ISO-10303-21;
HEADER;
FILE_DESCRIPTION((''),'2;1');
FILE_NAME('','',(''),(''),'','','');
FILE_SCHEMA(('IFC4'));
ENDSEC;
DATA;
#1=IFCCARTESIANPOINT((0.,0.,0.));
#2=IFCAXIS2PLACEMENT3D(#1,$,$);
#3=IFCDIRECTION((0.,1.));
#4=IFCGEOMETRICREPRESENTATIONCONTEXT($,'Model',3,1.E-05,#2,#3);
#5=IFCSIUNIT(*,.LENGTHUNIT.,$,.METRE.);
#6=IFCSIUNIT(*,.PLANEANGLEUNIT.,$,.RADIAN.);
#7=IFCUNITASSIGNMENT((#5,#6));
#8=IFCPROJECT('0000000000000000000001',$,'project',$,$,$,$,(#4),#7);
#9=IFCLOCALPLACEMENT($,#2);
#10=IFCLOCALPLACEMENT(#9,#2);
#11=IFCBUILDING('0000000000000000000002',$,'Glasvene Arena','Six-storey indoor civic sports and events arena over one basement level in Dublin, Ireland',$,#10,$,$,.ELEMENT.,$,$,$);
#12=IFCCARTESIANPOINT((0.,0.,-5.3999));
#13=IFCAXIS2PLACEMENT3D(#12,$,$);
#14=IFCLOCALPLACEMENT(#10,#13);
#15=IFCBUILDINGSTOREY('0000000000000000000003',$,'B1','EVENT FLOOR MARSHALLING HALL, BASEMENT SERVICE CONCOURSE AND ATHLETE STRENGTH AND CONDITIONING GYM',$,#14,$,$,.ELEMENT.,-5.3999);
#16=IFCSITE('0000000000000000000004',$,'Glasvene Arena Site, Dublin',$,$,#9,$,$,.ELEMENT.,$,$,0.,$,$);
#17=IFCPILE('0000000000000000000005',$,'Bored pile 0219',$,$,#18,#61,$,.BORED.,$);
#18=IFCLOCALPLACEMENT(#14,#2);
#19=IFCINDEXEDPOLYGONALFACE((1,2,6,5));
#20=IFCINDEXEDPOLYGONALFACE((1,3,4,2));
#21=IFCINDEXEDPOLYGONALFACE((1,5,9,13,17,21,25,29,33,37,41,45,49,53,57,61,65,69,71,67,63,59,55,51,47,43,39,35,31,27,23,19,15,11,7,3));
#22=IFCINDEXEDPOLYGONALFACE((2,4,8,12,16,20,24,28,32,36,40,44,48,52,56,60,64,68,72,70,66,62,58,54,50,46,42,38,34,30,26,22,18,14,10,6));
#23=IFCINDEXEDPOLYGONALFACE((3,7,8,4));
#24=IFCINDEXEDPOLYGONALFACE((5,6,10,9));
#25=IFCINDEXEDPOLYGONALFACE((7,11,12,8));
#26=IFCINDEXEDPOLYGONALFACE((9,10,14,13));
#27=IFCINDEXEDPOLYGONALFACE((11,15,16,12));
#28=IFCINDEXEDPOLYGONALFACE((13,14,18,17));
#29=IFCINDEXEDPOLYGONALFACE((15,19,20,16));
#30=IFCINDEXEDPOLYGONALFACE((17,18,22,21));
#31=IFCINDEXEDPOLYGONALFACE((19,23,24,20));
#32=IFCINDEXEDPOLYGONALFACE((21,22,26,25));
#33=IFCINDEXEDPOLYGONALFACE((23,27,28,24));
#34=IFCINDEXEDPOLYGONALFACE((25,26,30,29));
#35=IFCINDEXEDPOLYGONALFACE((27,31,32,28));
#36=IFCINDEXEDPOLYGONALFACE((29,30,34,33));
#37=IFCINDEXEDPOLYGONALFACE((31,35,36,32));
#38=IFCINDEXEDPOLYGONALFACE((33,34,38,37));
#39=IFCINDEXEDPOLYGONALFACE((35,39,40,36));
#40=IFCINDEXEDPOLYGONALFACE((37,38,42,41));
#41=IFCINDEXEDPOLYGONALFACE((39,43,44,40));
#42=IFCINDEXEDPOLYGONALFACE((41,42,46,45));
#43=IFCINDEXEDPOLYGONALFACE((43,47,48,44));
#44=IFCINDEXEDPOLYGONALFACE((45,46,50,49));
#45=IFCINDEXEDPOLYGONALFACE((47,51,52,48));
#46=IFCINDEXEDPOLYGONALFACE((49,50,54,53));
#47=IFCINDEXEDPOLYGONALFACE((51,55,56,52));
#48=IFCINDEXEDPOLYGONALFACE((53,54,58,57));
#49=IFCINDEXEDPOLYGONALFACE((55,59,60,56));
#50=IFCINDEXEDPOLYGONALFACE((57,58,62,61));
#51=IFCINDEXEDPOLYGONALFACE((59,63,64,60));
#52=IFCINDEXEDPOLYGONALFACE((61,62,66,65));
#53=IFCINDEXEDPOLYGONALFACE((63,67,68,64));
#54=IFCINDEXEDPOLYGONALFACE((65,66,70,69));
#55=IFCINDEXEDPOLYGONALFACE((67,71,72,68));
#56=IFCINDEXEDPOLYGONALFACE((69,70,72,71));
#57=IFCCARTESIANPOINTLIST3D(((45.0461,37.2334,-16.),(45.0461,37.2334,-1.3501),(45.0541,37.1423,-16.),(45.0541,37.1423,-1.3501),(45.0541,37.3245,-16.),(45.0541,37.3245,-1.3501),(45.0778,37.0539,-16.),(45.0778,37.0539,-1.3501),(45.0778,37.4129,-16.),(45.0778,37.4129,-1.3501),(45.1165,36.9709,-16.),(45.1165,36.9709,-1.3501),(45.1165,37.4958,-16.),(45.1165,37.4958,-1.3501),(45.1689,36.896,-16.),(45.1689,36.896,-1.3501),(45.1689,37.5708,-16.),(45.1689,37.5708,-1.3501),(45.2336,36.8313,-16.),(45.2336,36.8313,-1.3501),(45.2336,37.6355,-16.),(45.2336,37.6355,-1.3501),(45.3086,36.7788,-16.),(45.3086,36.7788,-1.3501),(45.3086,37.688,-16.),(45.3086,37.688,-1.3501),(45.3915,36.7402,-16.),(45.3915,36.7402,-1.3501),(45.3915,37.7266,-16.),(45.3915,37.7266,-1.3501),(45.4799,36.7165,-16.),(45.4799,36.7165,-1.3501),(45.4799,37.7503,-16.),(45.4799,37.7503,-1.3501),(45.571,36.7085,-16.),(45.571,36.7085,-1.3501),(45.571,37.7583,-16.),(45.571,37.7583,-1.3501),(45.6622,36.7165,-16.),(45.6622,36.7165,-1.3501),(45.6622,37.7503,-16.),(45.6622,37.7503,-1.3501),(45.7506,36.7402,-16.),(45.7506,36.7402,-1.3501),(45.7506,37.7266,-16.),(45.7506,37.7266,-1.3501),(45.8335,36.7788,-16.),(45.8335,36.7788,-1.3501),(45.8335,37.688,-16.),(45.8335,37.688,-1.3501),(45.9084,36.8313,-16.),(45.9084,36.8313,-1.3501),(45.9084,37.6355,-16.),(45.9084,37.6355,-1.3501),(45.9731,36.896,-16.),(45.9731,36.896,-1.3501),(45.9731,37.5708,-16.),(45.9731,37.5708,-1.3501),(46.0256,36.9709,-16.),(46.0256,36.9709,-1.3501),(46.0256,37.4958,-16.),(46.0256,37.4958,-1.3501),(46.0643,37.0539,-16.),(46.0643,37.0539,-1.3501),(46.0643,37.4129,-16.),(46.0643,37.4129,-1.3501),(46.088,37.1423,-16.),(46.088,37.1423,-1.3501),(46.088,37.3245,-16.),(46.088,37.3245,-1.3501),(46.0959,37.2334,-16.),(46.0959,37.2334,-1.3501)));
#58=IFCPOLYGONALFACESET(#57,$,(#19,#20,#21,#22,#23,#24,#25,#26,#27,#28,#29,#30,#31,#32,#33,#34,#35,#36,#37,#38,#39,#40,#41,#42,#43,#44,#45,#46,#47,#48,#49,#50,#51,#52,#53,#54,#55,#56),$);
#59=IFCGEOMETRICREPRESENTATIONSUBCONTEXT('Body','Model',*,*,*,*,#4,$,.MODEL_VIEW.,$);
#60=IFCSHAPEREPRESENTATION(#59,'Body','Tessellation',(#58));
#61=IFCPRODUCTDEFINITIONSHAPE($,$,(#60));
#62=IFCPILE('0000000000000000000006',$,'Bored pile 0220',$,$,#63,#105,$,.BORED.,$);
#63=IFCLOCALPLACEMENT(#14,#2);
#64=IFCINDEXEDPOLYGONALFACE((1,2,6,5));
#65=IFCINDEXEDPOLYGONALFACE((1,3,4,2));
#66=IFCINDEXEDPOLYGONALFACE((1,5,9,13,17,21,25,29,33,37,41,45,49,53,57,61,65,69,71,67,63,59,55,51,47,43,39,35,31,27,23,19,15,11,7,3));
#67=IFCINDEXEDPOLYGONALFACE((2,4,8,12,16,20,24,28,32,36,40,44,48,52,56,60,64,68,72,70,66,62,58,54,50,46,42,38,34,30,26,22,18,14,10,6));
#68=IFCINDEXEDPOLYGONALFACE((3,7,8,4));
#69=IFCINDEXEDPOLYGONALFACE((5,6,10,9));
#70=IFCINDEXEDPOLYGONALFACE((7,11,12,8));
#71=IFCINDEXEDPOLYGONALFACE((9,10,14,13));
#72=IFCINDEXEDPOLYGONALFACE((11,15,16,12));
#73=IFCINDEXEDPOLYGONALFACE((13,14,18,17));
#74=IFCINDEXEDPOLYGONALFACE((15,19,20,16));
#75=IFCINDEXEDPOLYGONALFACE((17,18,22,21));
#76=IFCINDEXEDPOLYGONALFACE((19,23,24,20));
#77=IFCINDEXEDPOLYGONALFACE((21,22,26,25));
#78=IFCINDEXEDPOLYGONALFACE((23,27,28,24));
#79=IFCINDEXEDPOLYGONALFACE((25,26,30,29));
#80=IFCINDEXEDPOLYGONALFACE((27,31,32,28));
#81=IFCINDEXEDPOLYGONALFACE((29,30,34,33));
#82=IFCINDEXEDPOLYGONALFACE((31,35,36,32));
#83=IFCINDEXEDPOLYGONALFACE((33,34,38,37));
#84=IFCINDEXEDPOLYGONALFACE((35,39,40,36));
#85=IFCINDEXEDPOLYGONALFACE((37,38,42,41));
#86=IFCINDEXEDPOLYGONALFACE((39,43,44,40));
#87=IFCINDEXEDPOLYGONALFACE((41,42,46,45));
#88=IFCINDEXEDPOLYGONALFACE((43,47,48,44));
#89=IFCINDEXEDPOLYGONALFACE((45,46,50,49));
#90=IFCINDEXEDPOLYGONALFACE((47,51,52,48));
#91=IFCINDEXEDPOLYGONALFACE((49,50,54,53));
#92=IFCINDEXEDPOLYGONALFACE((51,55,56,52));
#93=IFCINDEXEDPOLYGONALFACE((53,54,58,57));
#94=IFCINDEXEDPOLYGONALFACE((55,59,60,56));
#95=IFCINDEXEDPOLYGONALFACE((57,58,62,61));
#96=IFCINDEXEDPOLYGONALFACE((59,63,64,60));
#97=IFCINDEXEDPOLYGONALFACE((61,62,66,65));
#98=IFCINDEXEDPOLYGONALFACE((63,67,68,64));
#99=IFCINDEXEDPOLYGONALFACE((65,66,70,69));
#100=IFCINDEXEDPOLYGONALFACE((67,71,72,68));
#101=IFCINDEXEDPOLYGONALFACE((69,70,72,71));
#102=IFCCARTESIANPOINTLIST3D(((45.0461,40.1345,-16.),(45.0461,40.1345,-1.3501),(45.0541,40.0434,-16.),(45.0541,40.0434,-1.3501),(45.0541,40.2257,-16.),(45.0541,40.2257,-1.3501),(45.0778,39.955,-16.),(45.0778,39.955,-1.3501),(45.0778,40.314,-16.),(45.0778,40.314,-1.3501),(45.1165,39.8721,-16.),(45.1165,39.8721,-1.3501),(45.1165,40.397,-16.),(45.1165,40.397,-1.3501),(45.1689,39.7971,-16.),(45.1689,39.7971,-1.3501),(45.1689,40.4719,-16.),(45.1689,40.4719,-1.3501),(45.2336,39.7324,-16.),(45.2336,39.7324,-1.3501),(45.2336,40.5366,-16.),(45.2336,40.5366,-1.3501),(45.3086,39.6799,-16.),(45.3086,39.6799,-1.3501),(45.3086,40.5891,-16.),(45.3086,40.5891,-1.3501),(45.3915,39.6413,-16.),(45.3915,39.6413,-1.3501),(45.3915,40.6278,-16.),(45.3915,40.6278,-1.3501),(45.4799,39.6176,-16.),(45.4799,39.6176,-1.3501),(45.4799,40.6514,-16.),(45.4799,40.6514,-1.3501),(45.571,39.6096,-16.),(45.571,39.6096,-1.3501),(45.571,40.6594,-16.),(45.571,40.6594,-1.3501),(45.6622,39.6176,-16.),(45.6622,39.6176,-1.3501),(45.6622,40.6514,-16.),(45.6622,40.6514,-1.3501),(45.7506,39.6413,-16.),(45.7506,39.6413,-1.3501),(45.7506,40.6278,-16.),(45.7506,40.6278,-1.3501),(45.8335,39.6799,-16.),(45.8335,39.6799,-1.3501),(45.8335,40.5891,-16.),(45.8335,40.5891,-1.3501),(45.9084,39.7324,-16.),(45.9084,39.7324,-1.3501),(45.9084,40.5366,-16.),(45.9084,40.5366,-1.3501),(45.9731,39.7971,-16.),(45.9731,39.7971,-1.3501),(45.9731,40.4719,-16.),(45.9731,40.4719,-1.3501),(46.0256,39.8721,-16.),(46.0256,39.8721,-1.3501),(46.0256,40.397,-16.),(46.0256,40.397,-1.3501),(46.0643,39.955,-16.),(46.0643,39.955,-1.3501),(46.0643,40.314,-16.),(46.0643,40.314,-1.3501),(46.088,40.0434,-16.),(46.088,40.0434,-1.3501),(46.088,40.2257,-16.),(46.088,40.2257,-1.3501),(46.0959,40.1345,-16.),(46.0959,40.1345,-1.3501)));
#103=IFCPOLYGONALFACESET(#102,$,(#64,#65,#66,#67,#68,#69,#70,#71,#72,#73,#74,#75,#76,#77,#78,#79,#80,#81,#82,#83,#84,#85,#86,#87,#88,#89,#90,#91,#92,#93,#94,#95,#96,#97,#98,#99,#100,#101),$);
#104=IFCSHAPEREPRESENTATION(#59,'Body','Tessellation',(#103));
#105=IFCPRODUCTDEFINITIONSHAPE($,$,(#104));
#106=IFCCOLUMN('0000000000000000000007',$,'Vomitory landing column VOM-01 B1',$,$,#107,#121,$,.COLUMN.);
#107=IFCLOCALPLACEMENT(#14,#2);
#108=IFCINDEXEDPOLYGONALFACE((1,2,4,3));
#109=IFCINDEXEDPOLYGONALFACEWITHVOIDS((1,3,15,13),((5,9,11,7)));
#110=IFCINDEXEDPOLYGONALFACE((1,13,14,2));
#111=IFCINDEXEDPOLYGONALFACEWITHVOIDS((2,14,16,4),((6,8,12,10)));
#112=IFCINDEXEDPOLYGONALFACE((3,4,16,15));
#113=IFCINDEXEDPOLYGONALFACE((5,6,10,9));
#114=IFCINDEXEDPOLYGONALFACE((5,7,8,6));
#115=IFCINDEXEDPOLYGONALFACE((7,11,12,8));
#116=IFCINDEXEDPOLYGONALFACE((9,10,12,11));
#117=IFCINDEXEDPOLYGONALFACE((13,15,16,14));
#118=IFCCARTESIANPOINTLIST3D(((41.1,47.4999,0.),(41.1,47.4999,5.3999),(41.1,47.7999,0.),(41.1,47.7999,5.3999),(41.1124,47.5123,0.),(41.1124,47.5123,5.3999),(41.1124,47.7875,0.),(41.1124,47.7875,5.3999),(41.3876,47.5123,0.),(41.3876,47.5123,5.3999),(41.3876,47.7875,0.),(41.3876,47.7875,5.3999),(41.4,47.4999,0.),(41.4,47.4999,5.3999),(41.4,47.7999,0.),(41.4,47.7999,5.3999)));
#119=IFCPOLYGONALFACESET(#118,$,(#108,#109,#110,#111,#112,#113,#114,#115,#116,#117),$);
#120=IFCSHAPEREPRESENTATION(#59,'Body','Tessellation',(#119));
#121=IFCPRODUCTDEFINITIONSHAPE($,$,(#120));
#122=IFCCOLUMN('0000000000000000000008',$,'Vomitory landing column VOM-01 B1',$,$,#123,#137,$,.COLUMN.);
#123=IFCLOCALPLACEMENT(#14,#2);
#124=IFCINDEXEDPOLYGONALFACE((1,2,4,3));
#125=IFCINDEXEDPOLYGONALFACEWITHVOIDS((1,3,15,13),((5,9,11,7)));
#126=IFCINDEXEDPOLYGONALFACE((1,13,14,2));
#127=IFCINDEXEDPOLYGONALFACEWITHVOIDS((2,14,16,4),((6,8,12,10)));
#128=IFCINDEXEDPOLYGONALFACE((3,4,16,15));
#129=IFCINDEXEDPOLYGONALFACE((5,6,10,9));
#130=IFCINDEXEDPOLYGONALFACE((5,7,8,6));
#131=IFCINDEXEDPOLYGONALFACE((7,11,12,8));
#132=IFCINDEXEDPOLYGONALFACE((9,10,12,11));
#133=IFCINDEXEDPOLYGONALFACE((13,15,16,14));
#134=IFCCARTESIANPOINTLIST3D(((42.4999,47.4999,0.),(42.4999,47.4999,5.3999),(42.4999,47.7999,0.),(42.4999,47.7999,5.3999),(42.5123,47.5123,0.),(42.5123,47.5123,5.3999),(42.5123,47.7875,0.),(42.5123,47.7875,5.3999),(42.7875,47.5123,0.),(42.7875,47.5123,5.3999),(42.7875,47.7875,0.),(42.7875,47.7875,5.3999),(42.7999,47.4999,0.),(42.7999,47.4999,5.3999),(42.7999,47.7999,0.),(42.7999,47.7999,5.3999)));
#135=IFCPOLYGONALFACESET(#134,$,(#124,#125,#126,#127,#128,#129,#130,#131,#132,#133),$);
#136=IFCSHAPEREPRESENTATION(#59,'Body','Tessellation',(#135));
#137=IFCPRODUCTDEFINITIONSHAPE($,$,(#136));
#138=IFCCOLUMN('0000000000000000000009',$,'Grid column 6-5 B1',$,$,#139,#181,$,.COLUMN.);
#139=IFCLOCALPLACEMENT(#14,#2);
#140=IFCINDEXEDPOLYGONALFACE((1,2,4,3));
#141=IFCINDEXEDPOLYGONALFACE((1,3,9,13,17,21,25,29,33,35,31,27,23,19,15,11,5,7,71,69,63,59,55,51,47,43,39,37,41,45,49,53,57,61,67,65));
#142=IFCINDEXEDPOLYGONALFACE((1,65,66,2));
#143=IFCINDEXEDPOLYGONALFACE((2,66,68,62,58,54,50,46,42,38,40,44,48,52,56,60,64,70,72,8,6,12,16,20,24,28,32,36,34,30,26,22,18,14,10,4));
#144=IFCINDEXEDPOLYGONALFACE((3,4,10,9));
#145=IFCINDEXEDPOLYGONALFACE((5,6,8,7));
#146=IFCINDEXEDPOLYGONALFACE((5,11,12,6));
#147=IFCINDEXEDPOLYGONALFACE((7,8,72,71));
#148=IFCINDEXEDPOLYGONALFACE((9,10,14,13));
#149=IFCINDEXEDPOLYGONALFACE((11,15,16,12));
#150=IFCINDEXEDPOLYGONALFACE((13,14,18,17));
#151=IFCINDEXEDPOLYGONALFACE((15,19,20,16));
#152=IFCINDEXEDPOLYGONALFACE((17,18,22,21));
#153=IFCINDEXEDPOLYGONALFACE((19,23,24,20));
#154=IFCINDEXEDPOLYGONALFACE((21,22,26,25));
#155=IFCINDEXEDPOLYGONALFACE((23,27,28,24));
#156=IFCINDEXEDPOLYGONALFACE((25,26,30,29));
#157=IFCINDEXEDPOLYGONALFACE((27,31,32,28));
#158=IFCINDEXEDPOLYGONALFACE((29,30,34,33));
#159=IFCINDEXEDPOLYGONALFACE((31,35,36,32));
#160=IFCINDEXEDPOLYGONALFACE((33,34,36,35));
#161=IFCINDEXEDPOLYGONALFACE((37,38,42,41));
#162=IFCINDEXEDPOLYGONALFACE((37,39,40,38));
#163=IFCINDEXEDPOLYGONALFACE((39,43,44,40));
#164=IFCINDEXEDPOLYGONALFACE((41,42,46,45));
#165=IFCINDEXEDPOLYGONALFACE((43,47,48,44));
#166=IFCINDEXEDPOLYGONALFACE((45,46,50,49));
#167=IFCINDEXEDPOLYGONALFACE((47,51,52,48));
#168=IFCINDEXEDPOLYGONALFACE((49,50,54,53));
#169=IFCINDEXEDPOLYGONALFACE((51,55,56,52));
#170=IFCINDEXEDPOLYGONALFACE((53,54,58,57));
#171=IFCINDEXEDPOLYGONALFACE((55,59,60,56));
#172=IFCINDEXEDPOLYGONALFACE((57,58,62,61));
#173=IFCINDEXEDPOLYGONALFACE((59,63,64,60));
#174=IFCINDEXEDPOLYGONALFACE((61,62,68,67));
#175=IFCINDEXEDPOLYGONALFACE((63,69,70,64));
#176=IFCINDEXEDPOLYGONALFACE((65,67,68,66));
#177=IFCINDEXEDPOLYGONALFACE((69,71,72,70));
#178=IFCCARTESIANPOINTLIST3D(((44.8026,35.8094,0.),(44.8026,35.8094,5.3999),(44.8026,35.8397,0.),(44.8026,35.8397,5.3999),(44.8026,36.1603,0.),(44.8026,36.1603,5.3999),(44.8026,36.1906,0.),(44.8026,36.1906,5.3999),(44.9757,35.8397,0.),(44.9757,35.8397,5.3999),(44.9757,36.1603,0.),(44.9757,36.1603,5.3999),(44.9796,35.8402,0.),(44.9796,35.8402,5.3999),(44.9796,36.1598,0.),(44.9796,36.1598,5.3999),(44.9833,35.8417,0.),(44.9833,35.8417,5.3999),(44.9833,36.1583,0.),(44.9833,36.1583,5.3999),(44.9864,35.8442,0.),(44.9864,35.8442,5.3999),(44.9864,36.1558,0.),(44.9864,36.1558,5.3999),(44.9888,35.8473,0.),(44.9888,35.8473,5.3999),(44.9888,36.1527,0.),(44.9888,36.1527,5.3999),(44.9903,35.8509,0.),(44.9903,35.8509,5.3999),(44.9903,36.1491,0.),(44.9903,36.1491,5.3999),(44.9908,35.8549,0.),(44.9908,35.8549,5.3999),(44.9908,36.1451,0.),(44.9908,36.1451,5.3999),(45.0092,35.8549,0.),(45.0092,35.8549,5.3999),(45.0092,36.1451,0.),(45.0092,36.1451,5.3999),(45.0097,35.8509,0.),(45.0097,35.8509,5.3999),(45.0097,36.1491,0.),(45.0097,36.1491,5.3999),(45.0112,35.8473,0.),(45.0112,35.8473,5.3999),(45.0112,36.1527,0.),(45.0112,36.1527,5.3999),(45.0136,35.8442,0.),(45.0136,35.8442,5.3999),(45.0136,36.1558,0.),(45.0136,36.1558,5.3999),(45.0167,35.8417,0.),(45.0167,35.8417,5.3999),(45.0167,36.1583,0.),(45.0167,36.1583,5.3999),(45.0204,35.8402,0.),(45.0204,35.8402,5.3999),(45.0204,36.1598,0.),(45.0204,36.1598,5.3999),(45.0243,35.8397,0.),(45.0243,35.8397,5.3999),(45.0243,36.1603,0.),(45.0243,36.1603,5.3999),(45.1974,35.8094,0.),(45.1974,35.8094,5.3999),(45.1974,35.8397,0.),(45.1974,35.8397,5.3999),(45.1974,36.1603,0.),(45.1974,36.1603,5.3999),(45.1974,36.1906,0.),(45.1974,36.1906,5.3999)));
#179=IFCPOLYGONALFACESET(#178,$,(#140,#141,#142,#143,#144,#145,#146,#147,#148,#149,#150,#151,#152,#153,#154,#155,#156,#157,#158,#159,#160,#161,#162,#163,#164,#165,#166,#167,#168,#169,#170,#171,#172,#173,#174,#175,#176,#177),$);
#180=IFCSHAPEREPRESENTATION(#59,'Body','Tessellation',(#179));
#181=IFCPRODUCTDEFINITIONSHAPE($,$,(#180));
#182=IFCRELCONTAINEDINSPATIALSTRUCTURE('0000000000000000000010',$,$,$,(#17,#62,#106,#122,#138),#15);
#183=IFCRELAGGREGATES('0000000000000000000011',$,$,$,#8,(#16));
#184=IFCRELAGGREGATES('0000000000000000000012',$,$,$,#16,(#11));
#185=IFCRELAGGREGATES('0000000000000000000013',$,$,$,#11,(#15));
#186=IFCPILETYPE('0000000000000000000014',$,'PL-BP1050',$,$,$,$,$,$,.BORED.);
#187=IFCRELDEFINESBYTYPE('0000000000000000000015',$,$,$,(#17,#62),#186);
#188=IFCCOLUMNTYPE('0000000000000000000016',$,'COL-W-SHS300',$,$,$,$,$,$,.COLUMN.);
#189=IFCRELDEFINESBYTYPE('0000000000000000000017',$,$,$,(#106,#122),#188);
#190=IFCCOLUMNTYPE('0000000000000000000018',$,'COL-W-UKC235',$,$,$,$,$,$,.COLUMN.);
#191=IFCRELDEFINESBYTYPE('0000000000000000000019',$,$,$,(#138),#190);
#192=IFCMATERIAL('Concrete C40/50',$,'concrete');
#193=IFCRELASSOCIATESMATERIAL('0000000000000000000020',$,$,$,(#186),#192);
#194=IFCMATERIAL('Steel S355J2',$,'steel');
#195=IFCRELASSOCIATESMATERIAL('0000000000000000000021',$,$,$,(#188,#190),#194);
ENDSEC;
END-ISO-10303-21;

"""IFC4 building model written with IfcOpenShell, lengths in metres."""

from ifc_helpers import new_model, si_unit, direction, frame, origin, origin_2d, place, context, subcontext, project, spatial, hollow_rectangle, circle, i_section, extrude, material, material_profile, profile_set, type_object, element, save


model = new_model("IFC4")

# Units and contexts
model_context = context("Model", 3, precision=1e-05, world=origin(), true_north=direction((0.0, 1.0)))
body_context = subcontext(model_context, "Body", "Model", "MODEL_VIEW")
ifc_project = project(units=[si_unit("LENGTHUNIT", "METRE"), si_unit("PLANEANGLEUNIT", "RADIAN")], contexts=[model_context])

# Site, building, storey
site_placement = place(None, origin())
site = spatial("IfcSite", under=ifc_project, at=site_placement, Name="Glasvene Arena Site, Dublin", CompositionType="ELEMENT", RefElevation=0.0)
building_placement = place(site_placement, origin())
building = spatial("IfcBuilding", under=site, at=building_placement, Name="Glasvene Arena", Description="Six-storey indoor civic sports and events arena over one basement level in Dublin, Ireland", CompositionType="ELEMENT")
storey_placement = place(building_placement, frame((0.0, 0.0, -5.3999)))
storey = spatial("IfcBuildingStorey", under=building, at=storey_placement, Name="B1", Description="EVENT FLOOR MARSHALLING HALL, BASEMENT SERVICE CONCOURSE AND ATHLETE STRENGTH AND CONDITIONING GYM", CompositionType="ELEMENT", Elevation=-5.3999)

# Piles
ifc_material_1 = material(Name="Concrete C40/50", Category="concrete")
ifc_material_profile_1 = material_profile(ifc_material_1, circle(Radius=0.5249, at=origin_2d()), Name="BORED PILE 1050")
ifc_profile_set_1 = profile_set([ifc_material_profile_1], Name="Concrete C40/50")
pile_type = type_object("IfcPileType", Name="PL-BP1050", PredefinedType="BORED", material=ifc_profile_set_1)
for number, where, z_axis, x_axis, name in (
    (1, (45.571, 37.2334, -1.3501), (0.0, 0.0, -1.0), (1.0, 0.0, 0.0), "Bored pile 0219"),
    (2, (45.571, 40.1345, -1.3501), (0.0, 0.0, -1.0), (1.0, 0.0, 0.0), "Bored pile 0220"),
):
    element("IfcPile", number, at=place(storey_placement, frame(where, z_axis=z_axis, x_axis=x_axis)), inside=storey, type_object=pile_type, Name=name, PredefinedType="BORED", context=body_context, shape_type="SweptSolid", body=[
        extrude(circle(Radius=0.5249, at=origin_2d()), origin(), (0.0, 0.0, 1.0), 14.6499),
    ])

# Columns
ifc_material_2 = material(Name="Steel S355J2", Category="steel")
ifc_material_profile_2 = material_profile(ifc_material_2, hollow_rectangle(XDim=0.3, YDim=0.3, WallThickness=0.0125, at=origin_2d()), Name="SHS 300x300x12.5")
ifc_profile_set_2 = profile_set([ifc_material_profile_2], Name="Steel S355J2")
column_type_1 = type_object("IfcColumnType", Name="COL-W-SHS300", PredefinedType="COLUMN", material=ifc_profile_set_2)
for number, where, z_axis, x_axis, name in (
    (3, (41.25, 47.6499, 0.0), (0.0, 0.0, 1.0), (1.0, 0.0, 0.0), "Vomitory landing column VOM-01 B1"),
    (4, (42.6499, 47.6499, 0.0), (0.0, 0.0, 1.0), (1.0, 0.0, 0.0), "Vomitory landing column VOM-01 B1"),
):
    element("IfcColumn", number, at=place(storey_placement, frame(where, z_axis=z_axis, x_axis=x_axis)), inside=storey, type_object=column_type_1, Name=name, PredefinedType="COLUMN", context=body_context, shape_type="SweptSolid", body=[
        extrude(hollow_rectangle(XDim=0.3, YDim=0.3, WallThickness=0.0125, at=origin_2d()), origin(), (0.0, 0.0, 1.0), 5.3999),
    ])
ifc_material_profile_3 = material_profile(ifc_material_2, i_section(OverallWidth=0.3948, OverallDepth=0.3811, WebThickness=0.0183, FlangeThickness=0.0303, FilletRadius=0.0151, at=origin_2d()), Name="UKC 356x406x235")
ifc_profile_set_3 = profile_set([ifc_material_profile_3], Name="Steel S355J2")
column_type_2 = type_object("IfcColumnType", Name="COL-W-UKC235", PredefinedType="COLUMN", material=ifc_profile_set_3)
column_placement = place(storey_placement, frame((45.0, 36.0, 0.0), z_axis=(0.0, 0.0, 1.0), x_axis=(1.0, 0.0, 0.0)))
element("IfcColumn", 5, at=column_placement, inside=storey, type_object=column_type_2, Name="Grid column 6-5 B1", PredefinedType="COLUMN", context=body_context, shape_type="SweptSolid", body=[
    extrude(i_section(OverallWidth=0.3948, OverallDepth=0.3811, WebThickness=0.0183, FlangeThickness=0.0303, FilletRadius=0.0151, at=origin_2d()), origin(), (0.0, 0.0, 1.0), 5.3999),
])

save(model, "model.ifc")
